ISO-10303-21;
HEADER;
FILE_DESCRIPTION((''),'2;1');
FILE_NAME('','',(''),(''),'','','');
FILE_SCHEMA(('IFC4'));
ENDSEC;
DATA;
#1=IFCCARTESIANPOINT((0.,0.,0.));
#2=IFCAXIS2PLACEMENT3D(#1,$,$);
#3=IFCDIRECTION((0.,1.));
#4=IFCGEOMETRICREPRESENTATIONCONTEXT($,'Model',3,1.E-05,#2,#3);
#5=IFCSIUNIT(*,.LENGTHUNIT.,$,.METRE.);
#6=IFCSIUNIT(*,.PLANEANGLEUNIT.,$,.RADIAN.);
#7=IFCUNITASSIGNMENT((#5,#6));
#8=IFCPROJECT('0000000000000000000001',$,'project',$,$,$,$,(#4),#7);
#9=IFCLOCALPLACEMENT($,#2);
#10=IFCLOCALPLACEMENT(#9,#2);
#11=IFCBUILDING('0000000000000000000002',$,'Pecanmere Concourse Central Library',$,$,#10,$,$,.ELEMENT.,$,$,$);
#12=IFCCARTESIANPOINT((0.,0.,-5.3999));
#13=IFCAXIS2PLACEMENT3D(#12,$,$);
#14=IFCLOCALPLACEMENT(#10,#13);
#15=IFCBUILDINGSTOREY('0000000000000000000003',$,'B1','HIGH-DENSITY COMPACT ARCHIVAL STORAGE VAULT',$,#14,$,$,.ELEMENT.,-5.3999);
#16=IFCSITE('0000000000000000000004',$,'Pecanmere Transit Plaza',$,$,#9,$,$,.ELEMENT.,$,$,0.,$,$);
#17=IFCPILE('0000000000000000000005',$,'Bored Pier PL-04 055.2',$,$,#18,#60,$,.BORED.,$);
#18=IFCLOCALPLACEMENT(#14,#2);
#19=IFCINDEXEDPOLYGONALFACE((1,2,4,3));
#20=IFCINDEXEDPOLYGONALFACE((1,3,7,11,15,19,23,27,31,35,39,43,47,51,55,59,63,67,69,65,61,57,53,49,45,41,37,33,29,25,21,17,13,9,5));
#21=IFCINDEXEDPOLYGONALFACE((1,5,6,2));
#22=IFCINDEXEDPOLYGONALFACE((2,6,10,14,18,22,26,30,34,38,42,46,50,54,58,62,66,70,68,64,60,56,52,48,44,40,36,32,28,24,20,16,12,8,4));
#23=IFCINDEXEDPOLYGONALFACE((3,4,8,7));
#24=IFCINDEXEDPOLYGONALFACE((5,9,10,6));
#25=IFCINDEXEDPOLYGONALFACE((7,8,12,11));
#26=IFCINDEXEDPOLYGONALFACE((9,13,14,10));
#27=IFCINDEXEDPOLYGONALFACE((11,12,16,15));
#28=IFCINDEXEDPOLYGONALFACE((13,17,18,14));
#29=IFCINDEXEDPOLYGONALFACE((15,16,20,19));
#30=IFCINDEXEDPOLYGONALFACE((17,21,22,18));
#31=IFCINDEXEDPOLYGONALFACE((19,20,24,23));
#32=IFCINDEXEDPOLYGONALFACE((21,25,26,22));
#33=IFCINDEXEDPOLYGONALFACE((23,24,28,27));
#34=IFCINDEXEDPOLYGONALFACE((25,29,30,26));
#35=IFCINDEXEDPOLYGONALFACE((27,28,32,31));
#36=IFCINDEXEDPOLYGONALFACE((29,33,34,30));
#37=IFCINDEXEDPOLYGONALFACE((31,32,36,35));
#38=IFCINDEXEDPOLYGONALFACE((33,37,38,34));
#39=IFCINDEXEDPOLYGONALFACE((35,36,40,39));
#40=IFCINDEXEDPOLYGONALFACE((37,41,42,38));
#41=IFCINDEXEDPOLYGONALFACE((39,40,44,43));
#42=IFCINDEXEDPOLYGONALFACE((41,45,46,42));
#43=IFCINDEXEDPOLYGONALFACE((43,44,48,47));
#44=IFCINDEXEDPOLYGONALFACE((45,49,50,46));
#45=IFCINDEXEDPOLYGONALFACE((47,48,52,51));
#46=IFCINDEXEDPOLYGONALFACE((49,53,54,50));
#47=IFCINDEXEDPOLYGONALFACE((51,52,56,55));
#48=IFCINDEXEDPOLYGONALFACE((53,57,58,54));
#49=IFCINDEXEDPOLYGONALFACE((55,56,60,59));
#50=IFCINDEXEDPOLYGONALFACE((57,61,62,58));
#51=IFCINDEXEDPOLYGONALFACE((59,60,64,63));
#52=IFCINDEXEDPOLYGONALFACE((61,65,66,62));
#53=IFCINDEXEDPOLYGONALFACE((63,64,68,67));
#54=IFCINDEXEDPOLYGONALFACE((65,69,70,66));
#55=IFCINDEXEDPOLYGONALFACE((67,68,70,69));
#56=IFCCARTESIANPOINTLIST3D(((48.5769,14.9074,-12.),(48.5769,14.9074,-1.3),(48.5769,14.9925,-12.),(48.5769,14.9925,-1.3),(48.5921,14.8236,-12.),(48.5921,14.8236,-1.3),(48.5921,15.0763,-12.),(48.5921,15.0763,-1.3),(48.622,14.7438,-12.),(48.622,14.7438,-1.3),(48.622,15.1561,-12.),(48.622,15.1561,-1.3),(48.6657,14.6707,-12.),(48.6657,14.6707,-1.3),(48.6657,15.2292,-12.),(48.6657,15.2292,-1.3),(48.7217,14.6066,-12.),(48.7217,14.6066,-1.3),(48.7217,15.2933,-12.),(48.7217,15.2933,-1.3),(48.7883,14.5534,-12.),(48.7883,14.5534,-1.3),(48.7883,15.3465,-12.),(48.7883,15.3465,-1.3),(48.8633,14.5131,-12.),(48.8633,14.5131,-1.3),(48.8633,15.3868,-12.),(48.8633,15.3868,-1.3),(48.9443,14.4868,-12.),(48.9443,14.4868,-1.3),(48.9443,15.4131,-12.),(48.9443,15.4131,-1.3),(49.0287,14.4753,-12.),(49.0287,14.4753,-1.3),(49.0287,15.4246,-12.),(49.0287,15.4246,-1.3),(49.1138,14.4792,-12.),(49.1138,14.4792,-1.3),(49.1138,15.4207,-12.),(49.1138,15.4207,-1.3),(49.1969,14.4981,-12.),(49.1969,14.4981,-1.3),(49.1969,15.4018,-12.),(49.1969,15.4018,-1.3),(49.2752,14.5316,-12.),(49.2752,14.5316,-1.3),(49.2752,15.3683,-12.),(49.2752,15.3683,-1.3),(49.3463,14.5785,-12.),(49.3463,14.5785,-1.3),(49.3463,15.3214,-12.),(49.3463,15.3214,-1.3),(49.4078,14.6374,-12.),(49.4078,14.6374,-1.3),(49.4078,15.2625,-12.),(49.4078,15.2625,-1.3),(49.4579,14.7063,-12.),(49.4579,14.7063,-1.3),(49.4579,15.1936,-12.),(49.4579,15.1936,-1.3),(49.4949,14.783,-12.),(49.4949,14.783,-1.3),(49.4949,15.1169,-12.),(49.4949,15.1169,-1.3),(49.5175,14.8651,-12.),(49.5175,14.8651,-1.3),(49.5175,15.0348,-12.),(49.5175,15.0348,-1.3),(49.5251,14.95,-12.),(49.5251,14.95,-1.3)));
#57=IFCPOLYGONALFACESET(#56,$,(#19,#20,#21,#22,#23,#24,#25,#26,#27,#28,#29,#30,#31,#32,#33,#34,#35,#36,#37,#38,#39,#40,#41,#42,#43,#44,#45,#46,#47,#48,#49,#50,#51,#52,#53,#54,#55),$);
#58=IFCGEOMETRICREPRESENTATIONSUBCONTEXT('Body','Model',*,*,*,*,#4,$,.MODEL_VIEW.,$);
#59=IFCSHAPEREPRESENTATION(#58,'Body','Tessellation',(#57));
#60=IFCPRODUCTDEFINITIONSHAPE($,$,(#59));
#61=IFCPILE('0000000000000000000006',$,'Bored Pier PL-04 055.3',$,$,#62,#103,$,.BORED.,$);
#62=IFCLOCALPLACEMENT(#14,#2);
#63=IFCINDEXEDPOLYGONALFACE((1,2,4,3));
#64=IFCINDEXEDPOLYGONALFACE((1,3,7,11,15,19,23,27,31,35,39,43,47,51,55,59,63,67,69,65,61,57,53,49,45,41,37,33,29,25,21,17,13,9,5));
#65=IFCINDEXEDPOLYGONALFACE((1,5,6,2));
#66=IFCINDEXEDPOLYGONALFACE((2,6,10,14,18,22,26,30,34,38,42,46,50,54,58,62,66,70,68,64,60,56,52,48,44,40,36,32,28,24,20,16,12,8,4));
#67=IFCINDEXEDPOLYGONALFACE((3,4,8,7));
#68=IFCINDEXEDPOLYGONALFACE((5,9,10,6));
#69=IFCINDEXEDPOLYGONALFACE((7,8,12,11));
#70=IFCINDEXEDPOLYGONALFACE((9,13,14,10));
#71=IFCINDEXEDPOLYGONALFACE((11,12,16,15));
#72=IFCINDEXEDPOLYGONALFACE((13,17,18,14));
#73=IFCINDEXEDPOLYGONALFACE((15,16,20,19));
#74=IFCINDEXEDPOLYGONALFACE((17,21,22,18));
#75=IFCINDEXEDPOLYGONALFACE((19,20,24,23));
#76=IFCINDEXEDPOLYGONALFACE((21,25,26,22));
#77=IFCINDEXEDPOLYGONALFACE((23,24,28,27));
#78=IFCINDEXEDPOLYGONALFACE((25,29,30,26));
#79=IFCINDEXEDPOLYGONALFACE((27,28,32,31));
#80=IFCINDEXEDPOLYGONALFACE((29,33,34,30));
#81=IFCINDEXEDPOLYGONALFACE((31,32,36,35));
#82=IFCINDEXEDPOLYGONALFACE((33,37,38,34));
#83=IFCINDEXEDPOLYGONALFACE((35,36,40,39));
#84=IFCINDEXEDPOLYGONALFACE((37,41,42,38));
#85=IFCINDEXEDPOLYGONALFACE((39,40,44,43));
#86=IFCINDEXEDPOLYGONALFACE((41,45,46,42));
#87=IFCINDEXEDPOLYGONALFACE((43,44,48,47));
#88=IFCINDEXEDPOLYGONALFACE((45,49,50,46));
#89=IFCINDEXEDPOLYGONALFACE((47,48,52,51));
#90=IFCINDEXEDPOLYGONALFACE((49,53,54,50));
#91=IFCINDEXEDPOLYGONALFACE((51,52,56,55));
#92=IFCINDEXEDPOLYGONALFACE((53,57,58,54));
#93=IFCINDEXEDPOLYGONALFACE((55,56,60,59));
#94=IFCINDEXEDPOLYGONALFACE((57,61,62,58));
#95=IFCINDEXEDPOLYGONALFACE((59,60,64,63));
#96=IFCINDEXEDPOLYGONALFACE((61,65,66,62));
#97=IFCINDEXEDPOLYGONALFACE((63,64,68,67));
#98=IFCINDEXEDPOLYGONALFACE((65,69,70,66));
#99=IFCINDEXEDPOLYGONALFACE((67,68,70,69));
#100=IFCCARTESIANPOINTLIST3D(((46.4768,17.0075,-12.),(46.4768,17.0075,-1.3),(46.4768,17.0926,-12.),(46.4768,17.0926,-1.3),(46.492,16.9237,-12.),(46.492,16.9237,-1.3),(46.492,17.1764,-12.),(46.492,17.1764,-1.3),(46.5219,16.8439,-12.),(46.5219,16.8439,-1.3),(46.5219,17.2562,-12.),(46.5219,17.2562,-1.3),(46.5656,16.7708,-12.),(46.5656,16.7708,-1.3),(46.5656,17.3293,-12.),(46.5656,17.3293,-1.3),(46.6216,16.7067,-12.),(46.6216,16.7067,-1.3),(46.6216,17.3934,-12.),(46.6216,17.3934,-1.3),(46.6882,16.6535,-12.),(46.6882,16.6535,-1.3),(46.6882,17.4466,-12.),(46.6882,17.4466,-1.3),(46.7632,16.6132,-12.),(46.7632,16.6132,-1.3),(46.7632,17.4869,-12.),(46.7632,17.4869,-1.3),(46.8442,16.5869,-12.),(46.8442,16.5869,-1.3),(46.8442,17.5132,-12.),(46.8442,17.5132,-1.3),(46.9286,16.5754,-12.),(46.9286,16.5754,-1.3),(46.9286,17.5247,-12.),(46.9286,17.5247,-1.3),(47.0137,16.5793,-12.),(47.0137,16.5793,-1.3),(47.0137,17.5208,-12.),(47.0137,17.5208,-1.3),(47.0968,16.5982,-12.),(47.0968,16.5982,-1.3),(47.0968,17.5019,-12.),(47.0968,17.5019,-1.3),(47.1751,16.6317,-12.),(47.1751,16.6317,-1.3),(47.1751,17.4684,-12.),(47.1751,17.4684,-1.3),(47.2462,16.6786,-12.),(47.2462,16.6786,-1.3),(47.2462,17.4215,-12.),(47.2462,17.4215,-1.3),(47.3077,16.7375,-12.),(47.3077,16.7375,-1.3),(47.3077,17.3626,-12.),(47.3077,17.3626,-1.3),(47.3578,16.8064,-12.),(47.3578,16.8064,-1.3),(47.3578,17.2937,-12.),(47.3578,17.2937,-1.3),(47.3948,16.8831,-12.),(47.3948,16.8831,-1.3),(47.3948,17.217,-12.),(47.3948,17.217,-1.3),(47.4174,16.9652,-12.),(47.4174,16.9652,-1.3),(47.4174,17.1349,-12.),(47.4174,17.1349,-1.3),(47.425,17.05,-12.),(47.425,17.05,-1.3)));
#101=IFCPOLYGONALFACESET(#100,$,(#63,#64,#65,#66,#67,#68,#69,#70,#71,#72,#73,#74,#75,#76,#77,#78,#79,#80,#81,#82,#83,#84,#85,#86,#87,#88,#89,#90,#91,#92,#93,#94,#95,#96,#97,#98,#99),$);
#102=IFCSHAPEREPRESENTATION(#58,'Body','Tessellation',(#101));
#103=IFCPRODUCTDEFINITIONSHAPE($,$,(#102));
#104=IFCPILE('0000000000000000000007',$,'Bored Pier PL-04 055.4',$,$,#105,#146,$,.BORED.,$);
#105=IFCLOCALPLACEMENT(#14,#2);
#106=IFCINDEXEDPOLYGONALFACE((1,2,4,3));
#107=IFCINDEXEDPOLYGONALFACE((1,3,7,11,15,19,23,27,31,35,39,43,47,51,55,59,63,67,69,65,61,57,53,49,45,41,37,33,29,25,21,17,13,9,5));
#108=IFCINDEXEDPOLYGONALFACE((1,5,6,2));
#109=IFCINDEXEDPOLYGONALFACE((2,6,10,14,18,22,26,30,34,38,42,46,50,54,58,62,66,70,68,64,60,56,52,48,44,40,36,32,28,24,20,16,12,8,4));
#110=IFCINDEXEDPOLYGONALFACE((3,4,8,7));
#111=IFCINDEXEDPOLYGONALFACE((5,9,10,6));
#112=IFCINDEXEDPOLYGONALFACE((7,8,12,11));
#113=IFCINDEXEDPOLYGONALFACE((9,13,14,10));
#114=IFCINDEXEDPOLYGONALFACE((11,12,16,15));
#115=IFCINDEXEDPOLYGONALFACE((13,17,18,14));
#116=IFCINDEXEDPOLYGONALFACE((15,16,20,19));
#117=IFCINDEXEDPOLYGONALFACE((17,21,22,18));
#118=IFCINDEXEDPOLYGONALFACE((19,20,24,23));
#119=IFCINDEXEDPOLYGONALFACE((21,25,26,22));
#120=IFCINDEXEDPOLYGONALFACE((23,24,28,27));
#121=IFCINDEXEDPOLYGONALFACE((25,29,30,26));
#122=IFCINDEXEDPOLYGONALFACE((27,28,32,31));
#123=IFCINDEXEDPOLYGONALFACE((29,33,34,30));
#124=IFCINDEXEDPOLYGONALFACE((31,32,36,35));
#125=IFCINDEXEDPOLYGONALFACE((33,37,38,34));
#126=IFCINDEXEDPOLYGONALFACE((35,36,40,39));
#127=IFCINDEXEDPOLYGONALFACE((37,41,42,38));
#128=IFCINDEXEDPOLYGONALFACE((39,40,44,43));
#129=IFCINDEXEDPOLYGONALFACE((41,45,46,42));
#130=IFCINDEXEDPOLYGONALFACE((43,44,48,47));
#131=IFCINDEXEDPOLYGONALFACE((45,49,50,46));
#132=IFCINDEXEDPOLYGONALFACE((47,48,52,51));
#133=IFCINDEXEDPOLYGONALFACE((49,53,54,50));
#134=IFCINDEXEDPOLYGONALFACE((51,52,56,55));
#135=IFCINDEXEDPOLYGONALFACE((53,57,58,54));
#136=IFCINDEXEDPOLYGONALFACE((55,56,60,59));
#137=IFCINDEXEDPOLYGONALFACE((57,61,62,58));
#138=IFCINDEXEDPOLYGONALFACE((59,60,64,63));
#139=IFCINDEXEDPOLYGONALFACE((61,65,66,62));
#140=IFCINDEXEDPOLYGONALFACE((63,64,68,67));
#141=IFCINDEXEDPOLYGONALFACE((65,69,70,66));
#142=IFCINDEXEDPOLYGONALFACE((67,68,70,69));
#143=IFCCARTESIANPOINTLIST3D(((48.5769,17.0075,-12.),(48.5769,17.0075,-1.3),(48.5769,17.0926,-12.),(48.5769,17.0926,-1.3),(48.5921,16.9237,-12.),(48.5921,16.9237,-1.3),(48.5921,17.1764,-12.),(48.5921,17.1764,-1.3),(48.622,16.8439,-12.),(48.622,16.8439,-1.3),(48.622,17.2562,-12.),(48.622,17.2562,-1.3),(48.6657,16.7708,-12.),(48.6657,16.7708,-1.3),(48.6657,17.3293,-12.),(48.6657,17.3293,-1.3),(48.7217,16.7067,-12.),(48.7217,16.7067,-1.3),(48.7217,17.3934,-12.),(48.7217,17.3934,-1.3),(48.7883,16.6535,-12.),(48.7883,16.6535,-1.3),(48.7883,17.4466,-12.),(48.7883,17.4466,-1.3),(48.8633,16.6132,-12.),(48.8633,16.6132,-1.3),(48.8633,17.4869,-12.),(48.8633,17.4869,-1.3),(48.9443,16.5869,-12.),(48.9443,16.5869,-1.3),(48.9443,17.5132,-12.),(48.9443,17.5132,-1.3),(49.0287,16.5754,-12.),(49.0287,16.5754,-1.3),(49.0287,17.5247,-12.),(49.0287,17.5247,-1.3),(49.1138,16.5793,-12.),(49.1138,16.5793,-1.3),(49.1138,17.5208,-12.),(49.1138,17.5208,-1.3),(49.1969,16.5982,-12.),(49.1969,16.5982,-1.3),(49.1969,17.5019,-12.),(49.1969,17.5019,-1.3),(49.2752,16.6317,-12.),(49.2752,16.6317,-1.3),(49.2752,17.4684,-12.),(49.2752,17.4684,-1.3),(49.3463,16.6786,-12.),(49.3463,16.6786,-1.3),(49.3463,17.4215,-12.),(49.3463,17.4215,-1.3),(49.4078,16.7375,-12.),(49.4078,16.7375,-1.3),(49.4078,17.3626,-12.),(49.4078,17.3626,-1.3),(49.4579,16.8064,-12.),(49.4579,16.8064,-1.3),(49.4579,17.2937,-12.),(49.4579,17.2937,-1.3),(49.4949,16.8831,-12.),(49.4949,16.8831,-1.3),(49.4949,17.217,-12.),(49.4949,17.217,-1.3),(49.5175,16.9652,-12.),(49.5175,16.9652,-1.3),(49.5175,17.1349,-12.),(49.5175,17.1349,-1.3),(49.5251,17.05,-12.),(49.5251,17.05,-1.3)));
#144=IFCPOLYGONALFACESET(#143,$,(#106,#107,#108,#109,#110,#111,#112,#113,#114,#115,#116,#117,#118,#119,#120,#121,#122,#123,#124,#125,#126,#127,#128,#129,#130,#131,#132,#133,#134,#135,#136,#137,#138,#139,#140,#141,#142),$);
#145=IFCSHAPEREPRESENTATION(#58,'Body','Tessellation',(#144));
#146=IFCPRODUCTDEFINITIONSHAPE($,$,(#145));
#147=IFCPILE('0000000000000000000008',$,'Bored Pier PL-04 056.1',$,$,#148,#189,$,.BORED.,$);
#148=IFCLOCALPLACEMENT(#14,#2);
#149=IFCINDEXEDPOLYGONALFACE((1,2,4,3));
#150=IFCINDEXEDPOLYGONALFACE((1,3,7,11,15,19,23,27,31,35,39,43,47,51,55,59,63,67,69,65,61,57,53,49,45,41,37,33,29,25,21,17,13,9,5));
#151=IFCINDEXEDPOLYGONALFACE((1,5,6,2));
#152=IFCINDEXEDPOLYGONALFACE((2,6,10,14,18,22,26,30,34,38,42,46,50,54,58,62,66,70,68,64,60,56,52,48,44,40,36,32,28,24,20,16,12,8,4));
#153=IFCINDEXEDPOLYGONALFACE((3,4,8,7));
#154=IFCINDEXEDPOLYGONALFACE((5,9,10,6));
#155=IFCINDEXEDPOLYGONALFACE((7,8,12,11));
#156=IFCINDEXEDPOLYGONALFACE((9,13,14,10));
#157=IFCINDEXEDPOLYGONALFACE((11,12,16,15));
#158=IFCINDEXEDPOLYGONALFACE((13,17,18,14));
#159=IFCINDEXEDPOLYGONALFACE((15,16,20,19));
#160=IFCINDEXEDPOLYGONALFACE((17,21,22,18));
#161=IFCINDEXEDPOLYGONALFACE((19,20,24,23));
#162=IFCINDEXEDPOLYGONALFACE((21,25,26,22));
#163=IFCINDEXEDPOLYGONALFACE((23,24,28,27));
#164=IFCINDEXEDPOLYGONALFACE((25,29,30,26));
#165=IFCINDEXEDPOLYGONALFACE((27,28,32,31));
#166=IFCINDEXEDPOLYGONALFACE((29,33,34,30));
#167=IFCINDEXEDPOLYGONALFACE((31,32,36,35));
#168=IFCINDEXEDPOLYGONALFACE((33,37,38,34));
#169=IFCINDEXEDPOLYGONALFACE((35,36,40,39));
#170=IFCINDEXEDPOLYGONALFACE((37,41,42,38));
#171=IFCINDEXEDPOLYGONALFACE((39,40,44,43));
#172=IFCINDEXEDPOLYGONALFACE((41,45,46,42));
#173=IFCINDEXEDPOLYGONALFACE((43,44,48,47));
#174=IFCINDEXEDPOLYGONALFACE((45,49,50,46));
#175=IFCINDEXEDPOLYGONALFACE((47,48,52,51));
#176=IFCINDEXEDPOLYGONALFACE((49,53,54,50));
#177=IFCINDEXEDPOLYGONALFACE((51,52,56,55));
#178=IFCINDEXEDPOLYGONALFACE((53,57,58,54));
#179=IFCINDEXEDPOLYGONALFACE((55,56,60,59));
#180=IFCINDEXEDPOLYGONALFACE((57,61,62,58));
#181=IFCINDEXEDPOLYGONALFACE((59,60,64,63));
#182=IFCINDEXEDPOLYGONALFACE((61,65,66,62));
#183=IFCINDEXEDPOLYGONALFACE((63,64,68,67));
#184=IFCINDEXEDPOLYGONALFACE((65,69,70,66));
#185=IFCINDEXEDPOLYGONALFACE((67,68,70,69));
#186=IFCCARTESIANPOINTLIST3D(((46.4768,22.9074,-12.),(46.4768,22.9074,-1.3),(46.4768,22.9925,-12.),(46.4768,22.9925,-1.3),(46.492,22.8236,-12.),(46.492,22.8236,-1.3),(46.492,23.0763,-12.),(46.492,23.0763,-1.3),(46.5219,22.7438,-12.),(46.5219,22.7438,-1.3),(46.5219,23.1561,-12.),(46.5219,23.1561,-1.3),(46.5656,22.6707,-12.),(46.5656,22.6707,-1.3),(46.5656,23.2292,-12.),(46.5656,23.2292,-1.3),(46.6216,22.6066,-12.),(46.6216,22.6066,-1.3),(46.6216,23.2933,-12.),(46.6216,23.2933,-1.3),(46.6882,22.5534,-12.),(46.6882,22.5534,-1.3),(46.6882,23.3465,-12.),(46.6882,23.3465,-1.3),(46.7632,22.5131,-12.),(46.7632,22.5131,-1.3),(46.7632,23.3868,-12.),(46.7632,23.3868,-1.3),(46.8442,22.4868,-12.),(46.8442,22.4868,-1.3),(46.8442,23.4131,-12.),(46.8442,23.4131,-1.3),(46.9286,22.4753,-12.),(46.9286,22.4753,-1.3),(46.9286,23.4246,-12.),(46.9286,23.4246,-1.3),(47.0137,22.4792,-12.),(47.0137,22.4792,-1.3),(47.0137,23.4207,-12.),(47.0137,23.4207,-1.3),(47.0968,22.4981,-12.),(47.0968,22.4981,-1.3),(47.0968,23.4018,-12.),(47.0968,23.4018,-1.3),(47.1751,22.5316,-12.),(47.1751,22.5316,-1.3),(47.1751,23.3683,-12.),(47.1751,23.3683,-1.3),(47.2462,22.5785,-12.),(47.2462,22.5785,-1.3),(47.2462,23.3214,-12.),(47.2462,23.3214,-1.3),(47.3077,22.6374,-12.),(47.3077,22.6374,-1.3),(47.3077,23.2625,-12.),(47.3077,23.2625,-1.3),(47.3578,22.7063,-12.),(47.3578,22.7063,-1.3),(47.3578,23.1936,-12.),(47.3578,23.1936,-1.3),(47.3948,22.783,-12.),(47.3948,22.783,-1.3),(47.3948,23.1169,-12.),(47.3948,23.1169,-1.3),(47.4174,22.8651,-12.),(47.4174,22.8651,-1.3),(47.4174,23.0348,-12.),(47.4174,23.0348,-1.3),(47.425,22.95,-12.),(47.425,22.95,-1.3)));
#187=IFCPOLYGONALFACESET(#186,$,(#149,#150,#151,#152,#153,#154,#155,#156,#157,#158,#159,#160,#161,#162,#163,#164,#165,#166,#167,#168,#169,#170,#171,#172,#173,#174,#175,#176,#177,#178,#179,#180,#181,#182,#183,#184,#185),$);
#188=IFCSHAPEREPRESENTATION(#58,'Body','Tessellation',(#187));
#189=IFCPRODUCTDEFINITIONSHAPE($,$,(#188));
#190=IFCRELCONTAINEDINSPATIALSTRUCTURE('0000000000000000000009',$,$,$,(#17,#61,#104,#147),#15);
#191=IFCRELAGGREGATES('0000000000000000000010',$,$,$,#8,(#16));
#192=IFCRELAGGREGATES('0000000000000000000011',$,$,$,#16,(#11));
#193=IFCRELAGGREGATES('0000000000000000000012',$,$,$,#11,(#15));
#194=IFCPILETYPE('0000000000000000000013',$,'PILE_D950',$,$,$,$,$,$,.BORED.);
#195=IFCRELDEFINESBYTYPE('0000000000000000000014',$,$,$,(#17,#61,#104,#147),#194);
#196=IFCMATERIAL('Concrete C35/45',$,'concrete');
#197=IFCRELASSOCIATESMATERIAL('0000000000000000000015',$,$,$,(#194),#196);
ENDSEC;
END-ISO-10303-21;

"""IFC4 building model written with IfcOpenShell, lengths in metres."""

from ifc_helpers import new_model, si_unit, direction, frame, origin, origin_2d, place, context, subcontext, project, spatial, circle, extrude, material, material_profile, profile_set, type_object, element, save


model = new_model("IFC4")

# Units and contexts
model_context = context("Model", 3, precision=1e-05, world=origin(), true_north=direction((0.0, 1.0)))
body_context = subcontext(model_context, "Body", "Model", "MODEL_VIEW")
ifc_project = project(units=[si_unit("LENGTHUNIT", "METRE"), si_unit("PLANEANGLEUNIT", "RADIAN")], contexts=[model_context])

# Site, building, storey
site_placement = place(None, origin())
site = spatial("IfcSite", under=ifc_project, at=site_placement, Name="Pecanmere Transit Plaza", CompositionType="ELEMENT", RefElevation=0.0)
building_placement = place(site_placement, origin())
building = spatial("IfcBuilding", under=site, at=building_placement, Name="Pecanmere Concourse Central Library", CompositionType="ELEMENT")
storey_placement = place(building_placement, frame((0.0, 0.0, -5.3999)))
storey = spatial("IfcBuildingStorey", under=building, at=storey_placement, Name="B1", Description="HIGH-DENSITY COMPACT ARCHIVAL STORAGE VAULT", CompositionType="ELEMENT", Elevation=-5.3999)

# Piles
ifc_material_1 = material(Name="Concrete C35/45", Category="concrete")
ifc_material_profile_1 = material_profile(ifc_material_1, circle(Radius=0.4751, at=origin_2d()), Name="PIER D950")
ifc_profile_set_1 = profile_set([ifc_material_profile_1], Name="Concrete C35/45")
pile_type_1 = type_object("IfcPileType", Name="PILE_D950", PredefinedType="BORED", material=ifc_profile_set_1)
for number, where, z_axis, x_axis, name in (
    (1, (49.05, 14.95, -1.3), (0.0, 0.0, -1.0), (1.0, 0.0, 0.0), "Bored Pier PL-04 055.2"),
    (2, (46.95, 17.05, -1.3), (0.0, 0.0, -1.0), (1.0, 0.0, 0.0), "Bored Pier PL-04 055.3"),
    (3, (49.05, 17.05, -1.3), (0.0, 0.0, -1.0), (1.0, 0.0, 0.0), "Bored Pier PL-04 055.4"),
    (4, (46.95, 22.95, -1.3), (0.0, 0.0, -1.0), (1.0, 0.0, 0.0), "Bored Pier PL-04 056.1"),
):
    element("IfcPile", number, at=place(storey_placement, frame(where, z_axis=z_axis, x_axis=x_axis)), inside=storey, type_object=pile_type_1, Name=name, PredefinedType="BORED", context=body_context, shape_type="SweptSolid", body=[
        extrude(circle(Radius=0.4751, at=origin_2d()), origin(), (0.0, 0.0, 1.0), 10.7),
    ])

save(model, "model.ifc")
